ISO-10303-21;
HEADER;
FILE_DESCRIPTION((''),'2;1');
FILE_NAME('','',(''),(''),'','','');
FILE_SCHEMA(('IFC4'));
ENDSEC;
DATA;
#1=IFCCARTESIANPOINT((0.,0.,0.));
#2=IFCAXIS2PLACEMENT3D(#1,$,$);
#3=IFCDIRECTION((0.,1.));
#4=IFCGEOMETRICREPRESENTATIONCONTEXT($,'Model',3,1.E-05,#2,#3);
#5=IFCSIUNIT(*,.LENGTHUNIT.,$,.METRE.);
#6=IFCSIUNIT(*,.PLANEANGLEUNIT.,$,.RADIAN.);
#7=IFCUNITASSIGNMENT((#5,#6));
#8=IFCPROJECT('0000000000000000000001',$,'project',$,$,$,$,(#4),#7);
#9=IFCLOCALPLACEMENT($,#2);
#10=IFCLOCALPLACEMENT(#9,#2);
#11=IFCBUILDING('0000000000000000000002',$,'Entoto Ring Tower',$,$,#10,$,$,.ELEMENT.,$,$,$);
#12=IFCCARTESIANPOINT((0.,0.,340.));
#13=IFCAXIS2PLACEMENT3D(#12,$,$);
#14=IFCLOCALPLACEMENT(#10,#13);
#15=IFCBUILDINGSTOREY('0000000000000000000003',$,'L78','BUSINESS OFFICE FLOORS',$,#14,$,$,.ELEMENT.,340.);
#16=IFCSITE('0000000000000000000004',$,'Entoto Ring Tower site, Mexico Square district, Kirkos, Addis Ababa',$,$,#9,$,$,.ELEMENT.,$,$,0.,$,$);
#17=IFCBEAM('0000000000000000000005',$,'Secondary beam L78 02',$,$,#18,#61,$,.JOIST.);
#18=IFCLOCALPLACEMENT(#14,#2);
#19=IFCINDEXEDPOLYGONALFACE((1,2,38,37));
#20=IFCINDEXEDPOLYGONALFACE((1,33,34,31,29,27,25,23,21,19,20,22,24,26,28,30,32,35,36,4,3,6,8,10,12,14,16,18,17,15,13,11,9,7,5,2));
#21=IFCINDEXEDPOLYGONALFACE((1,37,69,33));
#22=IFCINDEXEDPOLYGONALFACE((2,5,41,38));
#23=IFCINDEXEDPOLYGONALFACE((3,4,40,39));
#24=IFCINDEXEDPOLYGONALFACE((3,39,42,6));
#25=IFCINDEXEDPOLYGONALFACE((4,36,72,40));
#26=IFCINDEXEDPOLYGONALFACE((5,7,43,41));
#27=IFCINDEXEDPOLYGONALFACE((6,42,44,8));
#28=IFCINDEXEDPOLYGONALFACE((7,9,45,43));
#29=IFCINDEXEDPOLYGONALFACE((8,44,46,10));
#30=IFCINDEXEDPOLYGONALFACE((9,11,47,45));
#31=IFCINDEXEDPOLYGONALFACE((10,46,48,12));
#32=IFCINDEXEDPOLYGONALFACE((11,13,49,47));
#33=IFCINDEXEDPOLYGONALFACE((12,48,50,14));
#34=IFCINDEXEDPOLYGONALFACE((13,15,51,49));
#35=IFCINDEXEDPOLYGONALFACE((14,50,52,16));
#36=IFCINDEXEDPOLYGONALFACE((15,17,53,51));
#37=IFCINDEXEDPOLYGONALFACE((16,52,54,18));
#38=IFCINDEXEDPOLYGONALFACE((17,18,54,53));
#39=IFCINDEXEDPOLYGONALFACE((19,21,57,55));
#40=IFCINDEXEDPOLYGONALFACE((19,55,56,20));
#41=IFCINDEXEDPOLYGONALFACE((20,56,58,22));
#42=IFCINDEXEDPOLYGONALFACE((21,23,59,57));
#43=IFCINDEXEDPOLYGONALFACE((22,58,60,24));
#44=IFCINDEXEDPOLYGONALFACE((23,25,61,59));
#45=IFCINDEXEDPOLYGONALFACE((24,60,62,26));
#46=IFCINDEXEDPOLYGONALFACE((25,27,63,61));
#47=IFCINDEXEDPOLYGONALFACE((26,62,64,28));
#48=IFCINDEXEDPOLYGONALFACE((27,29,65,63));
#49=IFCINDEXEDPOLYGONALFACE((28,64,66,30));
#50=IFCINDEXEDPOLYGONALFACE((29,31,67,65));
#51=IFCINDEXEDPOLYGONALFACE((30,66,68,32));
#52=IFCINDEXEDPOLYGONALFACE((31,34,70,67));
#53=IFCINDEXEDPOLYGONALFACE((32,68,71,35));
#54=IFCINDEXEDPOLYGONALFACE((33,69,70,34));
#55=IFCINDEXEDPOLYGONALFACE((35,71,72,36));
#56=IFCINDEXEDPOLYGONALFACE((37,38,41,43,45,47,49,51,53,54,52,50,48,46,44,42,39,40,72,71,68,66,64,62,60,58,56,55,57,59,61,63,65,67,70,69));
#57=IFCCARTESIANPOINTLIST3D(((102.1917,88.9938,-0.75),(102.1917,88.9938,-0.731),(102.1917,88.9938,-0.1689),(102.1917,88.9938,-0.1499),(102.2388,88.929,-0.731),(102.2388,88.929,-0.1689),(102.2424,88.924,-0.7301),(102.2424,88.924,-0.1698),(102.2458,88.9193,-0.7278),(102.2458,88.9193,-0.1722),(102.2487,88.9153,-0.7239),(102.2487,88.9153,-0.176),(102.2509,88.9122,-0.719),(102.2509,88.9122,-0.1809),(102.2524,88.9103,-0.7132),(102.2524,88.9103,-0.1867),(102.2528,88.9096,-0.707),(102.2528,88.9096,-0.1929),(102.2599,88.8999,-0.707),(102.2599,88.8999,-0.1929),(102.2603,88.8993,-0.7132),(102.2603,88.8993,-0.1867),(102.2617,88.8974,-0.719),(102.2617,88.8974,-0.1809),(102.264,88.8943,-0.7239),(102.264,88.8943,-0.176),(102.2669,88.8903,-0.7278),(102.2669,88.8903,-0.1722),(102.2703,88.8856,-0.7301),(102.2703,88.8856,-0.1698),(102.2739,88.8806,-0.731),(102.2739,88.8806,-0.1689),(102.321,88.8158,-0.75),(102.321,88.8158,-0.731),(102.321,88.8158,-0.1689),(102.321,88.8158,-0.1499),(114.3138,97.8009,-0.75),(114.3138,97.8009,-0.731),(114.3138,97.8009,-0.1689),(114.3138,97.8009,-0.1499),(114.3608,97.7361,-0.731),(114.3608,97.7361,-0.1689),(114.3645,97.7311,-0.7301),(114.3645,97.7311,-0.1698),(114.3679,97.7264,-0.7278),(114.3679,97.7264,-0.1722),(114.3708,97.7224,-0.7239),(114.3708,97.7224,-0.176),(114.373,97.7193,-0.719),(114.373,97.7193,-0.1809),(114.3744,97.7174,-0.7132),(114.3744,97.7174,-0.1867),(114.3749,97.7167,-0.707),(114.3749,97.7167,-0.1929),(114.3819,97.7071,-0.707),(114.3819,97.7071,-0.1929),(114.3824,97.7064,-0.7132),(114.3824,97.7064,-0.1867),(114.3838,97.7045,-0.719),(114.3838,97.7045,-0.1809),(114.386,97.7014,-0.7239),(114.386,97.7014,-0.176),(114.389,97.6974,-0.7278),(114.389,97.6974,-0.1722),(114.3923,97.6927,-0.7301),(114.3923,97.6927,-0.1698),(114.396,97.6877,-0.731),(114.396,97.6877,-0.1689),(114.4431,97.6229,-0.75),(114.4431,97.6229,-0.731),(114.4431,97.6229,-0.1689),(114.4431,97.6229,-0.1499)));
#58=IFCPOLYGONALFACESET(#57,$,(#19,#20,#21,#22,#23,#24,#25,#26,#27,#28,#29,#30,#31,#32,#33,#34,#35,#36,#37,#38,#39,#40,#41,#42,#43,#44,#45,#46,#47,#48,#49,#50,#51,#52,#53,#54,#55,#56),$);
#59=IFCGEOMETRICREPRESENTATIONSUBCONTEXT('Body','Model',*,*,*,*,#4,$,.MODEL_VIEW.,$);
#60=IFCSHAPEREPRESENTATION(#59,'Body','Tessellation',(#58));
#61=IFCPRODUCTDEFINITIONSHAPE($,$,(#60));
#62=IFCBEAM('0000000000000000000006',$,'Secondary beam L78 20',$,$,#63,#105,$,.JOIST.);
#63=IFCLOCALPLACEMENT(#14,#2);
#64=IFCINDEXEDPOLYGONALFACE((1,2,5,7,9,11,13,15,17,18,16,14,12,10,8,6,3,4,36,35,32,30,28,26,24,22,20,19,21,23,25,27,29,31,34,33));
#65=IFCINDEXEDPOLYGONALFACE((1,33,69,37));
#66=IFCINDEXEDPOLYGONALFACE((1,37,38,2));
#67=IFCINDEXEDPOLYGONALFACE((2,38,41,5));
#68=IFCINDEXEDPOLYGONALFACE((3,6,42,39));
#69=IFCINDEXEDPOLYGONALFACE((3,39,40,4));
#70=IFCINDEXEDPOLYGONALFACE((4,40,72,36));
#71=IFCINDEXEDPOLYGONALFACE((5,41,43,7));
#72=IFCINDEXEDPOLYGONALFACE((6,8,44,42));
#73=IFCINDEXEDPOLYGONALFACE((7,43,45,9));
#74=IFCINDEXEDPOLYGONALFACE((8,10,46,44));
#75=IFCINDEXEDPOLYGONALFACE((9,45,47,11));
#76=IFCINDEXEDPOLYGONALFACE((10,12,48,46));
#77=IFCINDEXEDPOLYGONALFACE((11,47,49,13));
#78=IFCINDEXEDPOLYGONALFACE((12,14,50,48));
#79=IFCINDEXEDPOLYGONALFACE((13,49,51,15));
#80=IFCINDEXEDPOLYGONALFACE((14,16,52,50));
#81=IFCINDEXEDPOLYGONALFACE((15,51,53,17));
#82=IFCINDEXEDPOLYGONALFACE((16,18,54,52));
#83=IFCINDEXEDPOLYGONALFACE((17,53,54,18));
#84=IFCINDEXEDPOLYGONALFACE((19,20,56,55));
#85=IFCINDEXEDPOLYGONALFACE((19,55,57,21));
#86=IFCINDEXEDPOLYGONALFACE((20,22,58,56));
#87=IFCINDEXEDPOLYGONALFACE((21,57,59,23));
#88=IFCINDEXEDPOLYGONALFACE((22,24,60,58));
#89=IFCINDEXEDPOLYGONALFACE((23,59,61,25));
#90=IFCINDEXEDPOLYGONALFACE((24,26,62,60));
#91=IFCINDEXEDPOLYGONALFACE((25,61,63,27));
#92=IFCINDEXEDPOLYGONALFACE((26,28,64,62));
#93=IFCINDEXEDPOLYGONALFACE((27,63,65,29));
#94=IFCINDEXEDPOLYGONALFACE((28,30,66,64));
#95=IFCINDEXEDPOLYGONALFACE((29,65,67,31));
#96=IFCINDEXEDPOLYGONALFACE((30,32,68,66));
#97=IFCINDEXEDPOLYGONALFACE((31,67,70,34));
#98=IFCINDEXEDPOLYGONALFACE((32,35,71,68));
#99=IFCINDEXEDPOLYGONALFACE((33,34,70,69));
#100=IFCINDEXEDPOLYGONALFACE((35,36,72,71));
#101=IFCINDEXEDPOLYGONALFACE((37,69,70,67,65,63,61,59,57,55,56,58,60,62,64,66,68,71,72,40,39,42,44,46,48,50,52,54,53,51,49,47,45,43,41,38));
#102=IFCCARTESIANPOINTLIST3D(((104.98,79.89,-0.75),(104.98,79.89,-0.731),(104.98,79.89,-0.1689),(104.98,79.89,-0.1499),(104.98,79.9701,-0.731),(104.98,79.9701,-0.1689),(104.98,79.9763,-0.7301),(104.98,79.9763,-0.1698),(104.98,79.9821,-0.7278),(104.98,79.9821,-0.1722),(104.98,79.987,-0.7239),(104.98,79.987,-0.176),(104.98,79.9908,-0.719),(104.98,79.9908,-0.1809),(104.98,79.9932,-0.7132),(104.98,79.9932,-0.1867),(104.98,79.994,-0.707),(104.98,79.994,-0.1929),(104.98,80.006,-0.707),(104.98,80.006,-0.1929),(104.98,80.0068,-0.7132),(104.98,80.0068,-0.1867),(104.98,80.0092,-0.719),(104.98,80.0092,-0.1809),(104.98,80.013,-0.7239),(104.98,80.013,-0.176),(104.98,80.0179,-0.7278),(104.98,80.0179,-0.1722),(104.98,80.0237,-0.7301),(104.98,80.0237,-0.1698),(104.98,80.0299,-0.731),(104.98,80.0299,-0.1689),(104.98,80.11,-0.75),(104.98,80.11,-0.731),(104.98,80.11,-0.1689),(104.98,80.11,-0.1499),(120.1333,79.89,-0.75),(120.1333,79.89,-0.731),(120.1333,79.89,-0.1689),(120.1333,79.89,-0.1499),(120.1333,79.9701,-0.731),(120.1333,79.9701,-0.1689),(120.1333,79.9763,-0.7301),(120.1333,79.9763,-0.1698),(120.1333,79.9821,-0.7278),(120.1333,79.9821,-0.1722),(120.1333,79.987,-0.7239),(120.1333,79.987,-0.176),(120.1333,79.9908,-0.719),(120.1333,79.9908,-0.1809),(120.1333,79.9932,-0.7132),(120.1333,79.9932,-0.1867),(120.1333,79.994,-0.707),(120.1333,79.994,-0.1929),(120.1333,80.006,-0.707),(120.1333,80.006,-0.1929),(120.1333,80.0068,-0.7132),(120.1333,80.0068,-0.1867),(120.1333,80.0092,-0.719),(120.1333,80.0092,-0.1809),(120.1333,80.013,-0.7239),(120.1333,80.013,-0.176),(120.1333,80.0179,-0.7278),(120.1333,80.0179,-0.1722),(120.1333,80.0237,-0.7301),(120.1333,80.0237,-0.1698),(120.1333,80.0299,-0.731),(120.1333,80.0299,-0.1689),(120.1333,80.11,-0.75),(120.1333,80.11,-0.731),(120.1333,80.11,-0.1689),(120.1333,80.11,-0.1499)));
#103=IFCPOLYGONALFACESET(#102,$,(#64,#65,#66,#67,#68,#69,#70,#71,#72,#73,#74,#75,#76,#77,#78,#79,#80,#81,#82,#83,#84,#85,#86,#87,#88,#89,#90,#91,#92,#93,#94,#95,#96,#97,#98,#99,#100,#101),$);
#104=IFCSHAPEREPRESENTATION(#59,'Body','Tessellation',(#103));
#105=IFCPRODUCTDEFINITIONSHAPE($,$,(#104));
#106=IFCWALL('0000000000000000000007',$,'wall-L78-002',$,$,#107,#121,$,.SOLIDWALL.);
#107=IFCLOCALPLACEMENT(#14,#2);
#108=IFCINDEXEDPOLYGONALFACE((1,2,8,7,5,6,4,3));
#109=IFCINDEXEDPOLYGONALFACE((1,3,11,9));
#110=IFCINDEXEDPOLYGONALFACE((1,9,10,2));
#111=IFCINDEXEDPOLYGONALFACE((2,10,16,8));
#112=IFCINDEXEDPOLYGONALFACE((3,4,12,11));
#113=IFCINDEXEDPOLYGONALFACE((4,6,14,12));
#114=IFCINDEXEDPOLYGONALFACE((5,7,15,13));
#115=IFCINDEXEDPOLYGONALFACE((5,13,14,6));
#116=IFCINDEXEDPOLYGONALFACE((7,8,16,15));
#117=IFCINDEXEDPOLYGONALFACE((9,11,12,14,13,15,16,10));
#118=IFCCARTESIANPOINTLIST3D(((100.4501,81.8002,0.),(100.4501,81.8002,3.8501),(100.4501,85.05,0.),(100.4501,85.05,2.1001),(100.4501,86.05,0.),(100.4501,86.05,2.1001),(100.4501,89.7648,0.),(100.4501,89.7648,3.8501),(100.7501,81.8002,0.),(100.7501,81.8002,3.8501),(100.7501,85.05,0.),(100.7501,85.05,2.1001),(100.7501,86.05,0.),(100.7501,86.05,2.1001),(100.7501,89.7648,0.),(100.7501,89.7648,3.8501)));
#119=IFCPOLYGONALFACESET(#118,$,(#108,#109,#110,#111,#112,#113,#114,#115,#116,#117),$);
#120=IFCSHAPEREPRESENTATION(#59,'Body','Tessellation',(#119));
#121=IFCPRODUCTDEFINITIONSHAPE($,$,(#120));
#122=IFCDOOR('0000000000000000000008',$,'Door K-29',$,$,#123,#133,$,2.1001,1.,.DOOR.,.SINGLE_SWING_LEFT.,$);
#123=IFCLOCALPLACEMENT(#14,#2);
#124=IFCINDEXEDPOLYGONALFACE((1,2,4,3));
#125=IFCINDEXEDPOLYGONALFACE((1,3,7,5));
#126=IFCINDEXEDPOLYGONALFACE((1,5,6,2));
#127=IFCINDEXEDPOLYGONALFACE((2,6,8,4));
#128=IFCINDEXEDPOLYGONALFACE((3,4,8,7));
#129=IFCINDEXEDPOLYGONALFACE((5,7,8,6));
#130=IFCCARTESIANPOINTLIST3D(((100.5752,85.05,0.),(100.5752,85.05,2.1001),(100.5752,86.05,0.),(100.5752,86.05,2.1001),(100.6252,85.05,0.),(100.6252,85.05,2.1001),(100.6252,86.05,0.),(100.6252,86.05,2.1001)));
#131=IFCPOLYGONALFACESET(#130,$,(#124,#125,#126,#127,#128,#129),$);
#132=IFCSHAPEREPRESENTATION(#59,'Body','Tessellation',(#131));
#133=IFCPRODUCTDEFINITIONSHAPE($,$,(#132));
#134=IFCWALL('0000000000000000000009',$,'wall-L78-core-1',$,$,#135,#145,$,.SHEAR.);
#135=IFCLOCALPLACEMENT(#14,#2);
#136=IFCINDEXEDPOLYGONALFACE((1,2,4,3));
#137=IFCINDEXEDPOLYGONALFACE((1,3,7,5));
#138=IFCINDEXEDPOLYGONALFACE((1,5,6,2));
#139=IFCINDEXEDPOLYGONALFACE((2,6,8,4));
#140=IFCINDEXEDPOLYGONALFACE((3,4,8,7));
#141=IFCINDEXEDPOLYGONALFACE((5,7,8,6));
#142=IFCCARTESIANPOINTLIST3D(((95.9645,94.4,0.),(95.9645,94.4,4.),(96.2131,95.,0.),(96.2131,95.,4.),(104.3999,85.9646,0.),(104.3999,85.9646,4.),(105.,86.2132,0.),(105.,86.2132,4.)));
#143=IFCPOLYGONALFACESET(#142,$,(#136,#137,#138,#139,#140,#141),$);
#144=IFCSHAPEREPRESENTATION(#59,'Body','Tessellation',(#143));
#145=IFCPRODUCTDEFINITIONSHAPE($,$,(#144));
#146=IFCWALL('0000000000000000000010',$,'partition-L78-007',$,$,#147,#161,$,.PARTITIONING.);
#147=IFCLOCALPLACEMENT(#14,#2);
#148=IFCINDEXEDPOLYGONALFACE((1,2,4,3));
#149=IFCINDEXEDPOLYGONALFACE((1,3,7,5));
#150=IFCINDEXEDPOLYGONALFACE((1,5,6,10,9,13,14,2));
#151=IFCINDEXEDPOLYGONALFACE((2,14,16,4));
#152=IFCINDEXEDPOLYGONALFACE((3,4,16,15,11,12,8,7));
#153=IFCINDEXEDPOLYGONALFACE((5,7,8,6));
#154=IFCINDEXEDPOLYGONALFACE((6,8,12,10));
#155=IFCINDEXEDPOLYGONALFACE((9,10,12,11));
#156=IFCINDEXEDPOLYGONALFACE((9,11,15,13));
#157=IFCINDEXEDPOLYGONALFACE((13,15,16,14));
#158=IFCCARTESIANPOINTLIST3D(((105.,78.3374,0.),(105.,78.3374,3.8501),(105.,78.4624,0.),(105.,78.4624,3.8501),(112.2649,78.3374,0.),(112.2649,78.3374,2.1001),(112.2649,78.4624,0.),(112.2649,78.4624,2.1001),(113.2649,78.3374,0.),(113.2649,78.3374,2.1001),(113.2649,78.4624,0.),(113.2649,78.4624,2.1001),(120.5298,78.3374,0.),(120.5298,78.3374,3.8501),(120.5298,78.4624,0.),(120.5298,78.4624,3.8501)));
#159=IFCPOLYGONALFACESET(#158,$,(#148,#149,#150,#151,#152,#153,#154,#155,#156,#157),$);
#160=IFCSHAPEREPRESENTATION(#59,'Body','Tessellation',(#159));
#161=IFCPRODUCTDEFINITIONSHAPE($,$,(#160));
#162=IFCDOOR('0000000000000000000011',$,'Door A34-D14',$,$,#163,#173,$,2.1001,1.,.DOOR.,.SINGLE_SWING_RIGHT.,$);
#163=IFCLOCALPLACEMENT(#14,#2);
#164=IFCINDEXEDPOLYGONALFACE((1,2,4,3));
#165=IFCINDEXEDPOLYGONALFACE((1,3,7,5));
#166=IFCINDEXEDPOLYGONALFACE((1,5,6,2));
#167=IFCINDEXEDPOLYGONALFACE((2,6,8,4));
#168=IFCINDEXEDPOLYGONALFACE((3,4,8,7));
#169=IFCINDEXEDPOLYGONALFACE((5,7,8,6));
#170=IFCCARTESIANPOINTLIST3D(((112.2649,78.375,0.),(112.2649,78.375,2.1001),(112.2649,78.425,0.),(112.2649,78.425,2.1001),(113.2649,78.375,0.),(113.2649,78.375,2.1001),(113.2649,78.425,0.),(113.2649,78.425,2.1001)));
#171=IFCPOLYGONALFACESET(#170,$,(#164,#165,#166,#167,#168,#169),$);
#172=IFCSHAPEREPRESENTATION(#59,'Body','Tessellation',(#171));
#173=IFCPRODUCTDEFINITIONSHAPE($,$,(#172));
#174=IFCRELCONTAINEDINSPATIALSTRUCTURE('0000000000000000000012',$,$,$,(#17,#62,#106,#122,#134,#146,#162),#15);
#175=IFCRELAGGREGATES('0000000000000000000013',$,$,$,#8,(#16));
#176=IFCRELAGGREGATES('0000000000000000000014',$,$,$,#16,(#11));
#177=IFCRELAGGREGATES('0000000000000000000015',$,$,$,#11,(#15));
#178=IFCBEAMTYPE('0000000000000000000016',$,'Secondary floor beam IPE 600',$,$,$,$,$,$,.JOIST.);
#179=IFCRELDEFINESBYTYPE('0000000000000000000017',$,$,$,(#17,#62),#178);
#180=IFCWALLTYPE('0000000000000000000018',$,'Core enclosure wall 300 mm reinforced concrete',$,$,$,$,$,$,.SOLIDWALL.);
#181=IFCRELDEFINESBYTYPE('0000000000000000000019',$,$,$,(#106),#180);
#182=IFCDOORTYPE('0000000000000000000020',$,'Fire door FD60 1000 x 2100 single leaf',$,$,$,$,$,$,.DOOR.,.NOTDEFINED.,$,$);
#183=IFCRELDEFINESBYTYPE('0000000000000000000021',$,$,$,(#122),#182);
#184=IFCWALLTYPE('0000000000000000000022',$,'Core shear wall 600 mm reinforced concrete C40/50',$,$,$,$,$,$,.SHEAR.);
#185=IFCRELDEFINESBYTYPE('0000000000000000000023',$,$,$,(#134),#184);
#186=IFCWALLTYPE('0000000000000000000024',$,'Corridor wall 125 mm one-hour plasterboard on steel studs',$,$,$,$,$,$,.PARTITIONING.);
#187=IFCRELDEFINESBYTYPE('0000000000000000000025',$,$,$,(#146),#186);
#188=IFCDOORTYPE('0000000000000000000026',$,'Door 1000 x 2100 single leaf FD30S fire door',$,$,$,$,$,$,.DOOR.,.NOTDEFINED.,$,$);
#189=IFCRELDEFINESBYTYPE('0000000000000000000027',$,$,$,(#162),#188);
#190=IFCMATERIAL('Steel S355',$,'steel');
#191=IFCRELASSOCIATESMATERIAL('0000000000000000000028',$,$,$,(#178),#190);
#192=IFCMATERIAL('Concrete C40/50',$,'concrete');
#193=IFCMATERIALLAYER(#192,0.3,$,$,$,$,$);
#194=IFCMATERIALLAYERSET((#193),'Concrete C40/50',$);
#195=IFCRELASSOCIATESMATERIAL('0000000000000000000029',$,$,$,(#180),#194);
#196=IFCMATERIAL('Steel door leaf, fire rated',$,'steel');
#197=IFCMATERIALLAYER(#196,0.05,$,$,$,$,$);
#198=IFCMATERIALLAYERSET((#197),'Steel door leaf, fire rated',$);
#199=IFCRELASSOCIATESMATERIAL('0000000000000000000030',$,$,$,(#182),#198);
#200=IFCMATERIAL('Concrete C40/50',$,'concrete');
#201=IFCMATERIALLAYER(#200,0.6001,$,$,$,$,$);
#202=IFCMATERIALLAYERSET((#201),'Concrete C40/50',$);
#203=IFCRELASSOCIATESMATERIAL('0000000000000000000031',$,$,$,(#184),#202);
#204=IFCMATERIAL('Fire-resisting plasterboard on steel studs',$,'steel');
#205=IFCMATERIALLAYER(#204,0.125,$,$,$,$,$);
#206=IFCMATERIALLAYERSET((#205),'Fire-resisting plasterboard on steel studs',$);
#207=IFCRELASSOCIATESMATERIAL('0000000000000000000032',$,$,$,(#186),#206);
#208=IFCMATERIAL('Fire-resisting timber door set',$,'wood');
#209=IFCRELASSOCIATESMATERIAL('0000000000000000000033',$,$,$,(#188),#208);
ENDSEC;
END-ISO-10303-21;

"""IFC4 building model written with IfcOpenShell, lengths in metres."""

from ifc_helpers import new_model, si_unit, direction, frame, frame_2d, origin, origin_2d, place, context, subcontext, project, spatial, polyline, rectangle, i_section, outline, extrude, material, layer, layer_set, material_profile, profile_set, type_object, element, fill, save


model = new_model("IFC4")

# Units and contexts
model_context = context("Model", 3, precision=1e-05, world=origin(), true_north=direction((0.0, 1.0)))
body_context = subcontext(model_context, "Body", "Model", "MODEL_VIEW")
ifc_project = project(units=[si_unit("LENGTHUNIT", "METRE"), si_unit("PLANEANGLEUNIT", "RADIAN")], contexts=[model_context])

# Site, building, storey
site_placement = place(None, origin())
site = spatial("IfcSite", under=ifc_project, at=site_placement, Name="Entoto Ring Tower site, Mexico Square district, Kirkos, Addis Ababa", CompositionType="ELEMENT", RefElevation=0.0)
building_placement = place(site_placement, origin())
building = spatial("IfcBuilding", under=site, at=building_placement, Name="Entoto Ring Tower", CompositionType="ELEMENT")
storey_placement = place(building_placement, frame((0.0, 0.0, 340.0)))
storey = spatial("IfcBuildingStorey", under=building, at=storey_placement, Name="L78", Description="BUSINESS OFFICE FLOORS", CompositionType="ELEMENT", Elevation=340.0)

# Beams
ifc_material_1 = material(Name="Steel S355", Category="steel")
ifc_material_profile_1 = material_profile(ifc_material_1, i_section(OverallWidth=0.22, OverallDepth=0.6001, WebThickness=0.012, FlangeThickness=0.019, FilletRadius=0.0239, at=origin_2d()), Name="IPE 600")
ifc_profile_set_1 = profile_set([ifc_material_profile_1], Name="Steel S355")
beam_type_1 = type_object("IfcBeamType", Name="Secondary floor beam IPE 600", PredefinedType="JOIST", material=ifc_profile_set_1)
beam_1_placement = place(storey_placement, frame((102.2563, 88.9048, -0.45), z_axis=(0.809019, 0.587782, 0.0), x_axis=(-0.587782, 0.809019, 0.0)))
element("IfcBeam", 1, at=beam_1_placement, inside=storey, type_object=beam_type_1, Name="Secondary beam L78 02", PredefinedType="JOIST", context=body_context, shape_type="SweptSolid", body=[
    extrude(i_section(OverallWidth=0.22, OverallDepth=0.6001, WebThickness=0.012, FlangeThickness=0.019, FilletRadius=0.0239, at=origin_2d()), origin(), (0.0, 0.0, 1.0), 14.9836),
])
beam_2_placement = place(storey_placement, frame((104.98, 80.0, -0.45), z_axis=(1.0, 0.0, 0.0), x_axis=(0.0, 1.0, 0.0)))
element("IfcBeam", 2, at=beam_2_placement, inside=storey, type_object=beam_type_1, Name="Secondary beam L78 20", PredefinedType="JOIST", context=body_context, shape_type="SweptSolid", body=[
    extrude(i_section(OverallWidth=0.22, OverallDepth=0.6001, WebThickness=0.012, FlangeThickness=0.019, FilletRadius=0.0239, at=origin_2d()), origin(), (0.0, 0.0, 1.0), 15.1533),
])

# Wall, opening, door
ifc_material_2 = material(Name="Concrete C40/50", Category="concrete")
ifc_layer_1 = layer(ifc_material_2, 0.3)
ifc_layer_set_1 = layer_set([ifc_layer_1], Name="Concrete C40/50")
wall_type_1 = type_object("IfcWallType", Name="Core enclosure wall 300 mm reinforced concrete", PredefinedType="SOLIDWALL", material=ifc_layer_set_1)
wall_1_placement = place(storey_placement, frame((100.6001, 81.8, 0.0), z_axis=(0.0, 0.0, 1.0), x_axis=(0.0, 1.0, 0.0)))
wall_1 = element("IfcWall", 3, at=wall_1_placement, inside=storey, type_object=wall_type_1, Name="wall-L78-002", PredefinedType="SOLIDWALL", context=body_context, shape_type="SweptSolid", body=[
    extrude(rectangle(XDim=7.9646, YDim=0.3, at=frame_2d((3.9824, 0.0))), origin(), (0.0, 0.0, 1.0), 3.8501),
])
opening_1_placement = place(wall_1_placement, frame((3.25, 0.0, 0.0)))
opening_1 = element("IfcOpeningElement", 4, at=opening_1_placement, cuts=wall_1, PredefinedType="OPENING", context=body_context, shape_type="SweptSolid", body=[
    extrude(rectangle(XDim=1.0, YDim=2.1001, at=frame_2d((0.5, 1.05))), frame((0.0, 0.1602, 0.0), z_axis=(0.0, -1.0, 0.0), x_axis=(1.0, 0.0, 0.0)), (0.0, 0.0, 1.0), 0.3201),
])
ifc_material_3 = material(Name="Steel door leaf, fire rated", Category="steel")
ifc_layer_2 = layer(ifc_material_3, 0.05)
ifc_layer_set_2 = layer_set([ifc_layer_2], Name="Steel door leaf, fire rated")
door_type_1 = type_object("IfcDoorType", Name="Fire door FD60 1000 x 2100 single leaf", OperationType="NOTDEFINED", PredefinedType="DOOR", material=ifc_layer_set_2)
door_1_placement = place(opening_1_placement, origin())
door_1 = element("IfcDoor", 5, at=door_1_placement, inside=storey, type_object=door_type_1, Name="Door K-29", OperationType="SINGLE_SWING_LEFT", OverallHeight=2.1001, OverallWidth=1.0, PredefinedType="DOOR", context=body_context, shape_type="SweptSolid", body=[
    extrude(rectangle(XDim=1.0, YDim=2.1001, at=frame_2d((0.5, 1.05))), frame((0.0, 0.0249, 0.0), z_axis=(0.0, -1.0, 0.0), x_axis=(1.0, 0.0, 0.0)), (0.0, 0.0, 1.0), 0.05),
])
fill(opening_1, door_1)

# Wall
ifc_material_4 = material(Name="Concrete C40/50", Category="concrete")
ifc_layer_3 = layer(ifc_material_4, 0.6001)
ifc_layer_set_3 = layer_set([ifc_layer_3], Name="Concrete C40/50")
wall_type_2 = type_object("IfcWallType", Name="Core shear wall 600 mm reinforced concrete C40/50", PredefinedType="SHEAR", material=ifc_layer_set_3)
wall_2_placement = place(storey_placement, frame((104.7, 86.0889, 0.0), z_axis=(0.0, 0.0, 1.0), x_axis=(-0.707107, 0.707107, 0.0)))
element("IfcWall", 6, at=wall_2_placement, inside=storey, type_object=wall_type_2, Name="wall-L78-core-1", PredefinedType="SHEAR", context=body_context, shape_type="SweptSolid", body=[
    extrude(outline(polyline([(-0.1243, -0.3), (12.3022, -0.3), (12.0537, 0.3), (0.1243, 0.3), (-0.1243, -0.3)])), origin(), (0.0, 0.0, 1.0), 4.0),
])

# Wall, opening, door
ifc_material_5 = material(Name="Fire-resisting plasterboard on steel studs", Category="steel")
ifc_layer_4 = layer(ifc_material_5, 0.125)
ifc_layer_set_4 = layer_set([ifc_layer_4], Name="Fire-resisting plasterboard on steel studs")
wall_type_3 = type_object("IfcWallType", Name="Corridor wall 125 mm one-hour plasterboard on steel studs", PredefinedType="PARTITIONING", material=ifc_layer_set_4)
wall_3_placement = place(storey_placement, frame((105.0, 78.3999, 0.0), z_axis=(0.0, 0.0, 1.0), x_axis=(1.0, 0.0, 0.0)))
wall_3 = element("IfcWall", 7, at=wall_3_placement, inside=storey, type_object=wall_type_3, Name="partition-L78-007", PredefinedType="PARTITIONING", context=body_context, shape_type="SweptSolid", body=[
    extrude(rectangle(XDim=15.5298, YDim=0.125, at=frame_2d((7.7649, 0.0))), origin(), (0.0, 0.0, 1.0), 3.8501),
])
opening_2_placement = place(wall_3_placement, frame((7.2649, 0.0, 0.0)))
opening_2 = element("IfcOpeningElement", 8, at=opening_2_placement, cuts=wall_3, PredefinedType="OPENING", context=body_context, shape_type="SweptSolid", body=[
    extrude(rectangle(XDim=1.0, YDim=2.1001, at=frame_2d((0.5, 1.05))), frame((0.0, 0.0725, 0.0), z_axis=(0.0, -1.0, 0.0), x_axis=(1.0, 0.0, 0.0)), (0.0, 0.0, 1.0), 0.145),
])
ifc_material_6 = material(Name="Fire-resisting timber door set", Category="wood")
door_type_2 = type_object("IfcDoorType", Name="Door 1000 x 2100 single leaf FD30S fire door", OperationType="NOTDEFINED", PredefinedType="DOOR", material=ifc_material_6)
door_2_placement = place(opening_2_placement, frame((1.0, 0.0, 0.0), z_axis=(0.0, 0.0, 1.0), x_axis=(-1.0, 0.0, 0.0)))
door_2 = element("IfcDoor", 9, at=door_2_placement, inside=storey, type_object=door_type_2, Name="Door A34-D14", OperationType="SINGLE_SWING_RIGHT", OverallHeight=2.1001, OverallWidth=1.0, PredefinedType="DOOR", context=body_context, shape_type="SweptSolid", body=[
    extrude(rectangle(XDim=1.0, YDim=2.1001, at=frame_2d((0.5, 1.05))), frame((0.0, 0.0249, 0.0), z_axis=(0.0, -1.0, 0.0), x_axis=(1.0, 0.0, 0.0)), (0.0, 0.0, 1.0), 0.05),
])
fill(opening_2, door_2)

save(model, "model.ifc")
